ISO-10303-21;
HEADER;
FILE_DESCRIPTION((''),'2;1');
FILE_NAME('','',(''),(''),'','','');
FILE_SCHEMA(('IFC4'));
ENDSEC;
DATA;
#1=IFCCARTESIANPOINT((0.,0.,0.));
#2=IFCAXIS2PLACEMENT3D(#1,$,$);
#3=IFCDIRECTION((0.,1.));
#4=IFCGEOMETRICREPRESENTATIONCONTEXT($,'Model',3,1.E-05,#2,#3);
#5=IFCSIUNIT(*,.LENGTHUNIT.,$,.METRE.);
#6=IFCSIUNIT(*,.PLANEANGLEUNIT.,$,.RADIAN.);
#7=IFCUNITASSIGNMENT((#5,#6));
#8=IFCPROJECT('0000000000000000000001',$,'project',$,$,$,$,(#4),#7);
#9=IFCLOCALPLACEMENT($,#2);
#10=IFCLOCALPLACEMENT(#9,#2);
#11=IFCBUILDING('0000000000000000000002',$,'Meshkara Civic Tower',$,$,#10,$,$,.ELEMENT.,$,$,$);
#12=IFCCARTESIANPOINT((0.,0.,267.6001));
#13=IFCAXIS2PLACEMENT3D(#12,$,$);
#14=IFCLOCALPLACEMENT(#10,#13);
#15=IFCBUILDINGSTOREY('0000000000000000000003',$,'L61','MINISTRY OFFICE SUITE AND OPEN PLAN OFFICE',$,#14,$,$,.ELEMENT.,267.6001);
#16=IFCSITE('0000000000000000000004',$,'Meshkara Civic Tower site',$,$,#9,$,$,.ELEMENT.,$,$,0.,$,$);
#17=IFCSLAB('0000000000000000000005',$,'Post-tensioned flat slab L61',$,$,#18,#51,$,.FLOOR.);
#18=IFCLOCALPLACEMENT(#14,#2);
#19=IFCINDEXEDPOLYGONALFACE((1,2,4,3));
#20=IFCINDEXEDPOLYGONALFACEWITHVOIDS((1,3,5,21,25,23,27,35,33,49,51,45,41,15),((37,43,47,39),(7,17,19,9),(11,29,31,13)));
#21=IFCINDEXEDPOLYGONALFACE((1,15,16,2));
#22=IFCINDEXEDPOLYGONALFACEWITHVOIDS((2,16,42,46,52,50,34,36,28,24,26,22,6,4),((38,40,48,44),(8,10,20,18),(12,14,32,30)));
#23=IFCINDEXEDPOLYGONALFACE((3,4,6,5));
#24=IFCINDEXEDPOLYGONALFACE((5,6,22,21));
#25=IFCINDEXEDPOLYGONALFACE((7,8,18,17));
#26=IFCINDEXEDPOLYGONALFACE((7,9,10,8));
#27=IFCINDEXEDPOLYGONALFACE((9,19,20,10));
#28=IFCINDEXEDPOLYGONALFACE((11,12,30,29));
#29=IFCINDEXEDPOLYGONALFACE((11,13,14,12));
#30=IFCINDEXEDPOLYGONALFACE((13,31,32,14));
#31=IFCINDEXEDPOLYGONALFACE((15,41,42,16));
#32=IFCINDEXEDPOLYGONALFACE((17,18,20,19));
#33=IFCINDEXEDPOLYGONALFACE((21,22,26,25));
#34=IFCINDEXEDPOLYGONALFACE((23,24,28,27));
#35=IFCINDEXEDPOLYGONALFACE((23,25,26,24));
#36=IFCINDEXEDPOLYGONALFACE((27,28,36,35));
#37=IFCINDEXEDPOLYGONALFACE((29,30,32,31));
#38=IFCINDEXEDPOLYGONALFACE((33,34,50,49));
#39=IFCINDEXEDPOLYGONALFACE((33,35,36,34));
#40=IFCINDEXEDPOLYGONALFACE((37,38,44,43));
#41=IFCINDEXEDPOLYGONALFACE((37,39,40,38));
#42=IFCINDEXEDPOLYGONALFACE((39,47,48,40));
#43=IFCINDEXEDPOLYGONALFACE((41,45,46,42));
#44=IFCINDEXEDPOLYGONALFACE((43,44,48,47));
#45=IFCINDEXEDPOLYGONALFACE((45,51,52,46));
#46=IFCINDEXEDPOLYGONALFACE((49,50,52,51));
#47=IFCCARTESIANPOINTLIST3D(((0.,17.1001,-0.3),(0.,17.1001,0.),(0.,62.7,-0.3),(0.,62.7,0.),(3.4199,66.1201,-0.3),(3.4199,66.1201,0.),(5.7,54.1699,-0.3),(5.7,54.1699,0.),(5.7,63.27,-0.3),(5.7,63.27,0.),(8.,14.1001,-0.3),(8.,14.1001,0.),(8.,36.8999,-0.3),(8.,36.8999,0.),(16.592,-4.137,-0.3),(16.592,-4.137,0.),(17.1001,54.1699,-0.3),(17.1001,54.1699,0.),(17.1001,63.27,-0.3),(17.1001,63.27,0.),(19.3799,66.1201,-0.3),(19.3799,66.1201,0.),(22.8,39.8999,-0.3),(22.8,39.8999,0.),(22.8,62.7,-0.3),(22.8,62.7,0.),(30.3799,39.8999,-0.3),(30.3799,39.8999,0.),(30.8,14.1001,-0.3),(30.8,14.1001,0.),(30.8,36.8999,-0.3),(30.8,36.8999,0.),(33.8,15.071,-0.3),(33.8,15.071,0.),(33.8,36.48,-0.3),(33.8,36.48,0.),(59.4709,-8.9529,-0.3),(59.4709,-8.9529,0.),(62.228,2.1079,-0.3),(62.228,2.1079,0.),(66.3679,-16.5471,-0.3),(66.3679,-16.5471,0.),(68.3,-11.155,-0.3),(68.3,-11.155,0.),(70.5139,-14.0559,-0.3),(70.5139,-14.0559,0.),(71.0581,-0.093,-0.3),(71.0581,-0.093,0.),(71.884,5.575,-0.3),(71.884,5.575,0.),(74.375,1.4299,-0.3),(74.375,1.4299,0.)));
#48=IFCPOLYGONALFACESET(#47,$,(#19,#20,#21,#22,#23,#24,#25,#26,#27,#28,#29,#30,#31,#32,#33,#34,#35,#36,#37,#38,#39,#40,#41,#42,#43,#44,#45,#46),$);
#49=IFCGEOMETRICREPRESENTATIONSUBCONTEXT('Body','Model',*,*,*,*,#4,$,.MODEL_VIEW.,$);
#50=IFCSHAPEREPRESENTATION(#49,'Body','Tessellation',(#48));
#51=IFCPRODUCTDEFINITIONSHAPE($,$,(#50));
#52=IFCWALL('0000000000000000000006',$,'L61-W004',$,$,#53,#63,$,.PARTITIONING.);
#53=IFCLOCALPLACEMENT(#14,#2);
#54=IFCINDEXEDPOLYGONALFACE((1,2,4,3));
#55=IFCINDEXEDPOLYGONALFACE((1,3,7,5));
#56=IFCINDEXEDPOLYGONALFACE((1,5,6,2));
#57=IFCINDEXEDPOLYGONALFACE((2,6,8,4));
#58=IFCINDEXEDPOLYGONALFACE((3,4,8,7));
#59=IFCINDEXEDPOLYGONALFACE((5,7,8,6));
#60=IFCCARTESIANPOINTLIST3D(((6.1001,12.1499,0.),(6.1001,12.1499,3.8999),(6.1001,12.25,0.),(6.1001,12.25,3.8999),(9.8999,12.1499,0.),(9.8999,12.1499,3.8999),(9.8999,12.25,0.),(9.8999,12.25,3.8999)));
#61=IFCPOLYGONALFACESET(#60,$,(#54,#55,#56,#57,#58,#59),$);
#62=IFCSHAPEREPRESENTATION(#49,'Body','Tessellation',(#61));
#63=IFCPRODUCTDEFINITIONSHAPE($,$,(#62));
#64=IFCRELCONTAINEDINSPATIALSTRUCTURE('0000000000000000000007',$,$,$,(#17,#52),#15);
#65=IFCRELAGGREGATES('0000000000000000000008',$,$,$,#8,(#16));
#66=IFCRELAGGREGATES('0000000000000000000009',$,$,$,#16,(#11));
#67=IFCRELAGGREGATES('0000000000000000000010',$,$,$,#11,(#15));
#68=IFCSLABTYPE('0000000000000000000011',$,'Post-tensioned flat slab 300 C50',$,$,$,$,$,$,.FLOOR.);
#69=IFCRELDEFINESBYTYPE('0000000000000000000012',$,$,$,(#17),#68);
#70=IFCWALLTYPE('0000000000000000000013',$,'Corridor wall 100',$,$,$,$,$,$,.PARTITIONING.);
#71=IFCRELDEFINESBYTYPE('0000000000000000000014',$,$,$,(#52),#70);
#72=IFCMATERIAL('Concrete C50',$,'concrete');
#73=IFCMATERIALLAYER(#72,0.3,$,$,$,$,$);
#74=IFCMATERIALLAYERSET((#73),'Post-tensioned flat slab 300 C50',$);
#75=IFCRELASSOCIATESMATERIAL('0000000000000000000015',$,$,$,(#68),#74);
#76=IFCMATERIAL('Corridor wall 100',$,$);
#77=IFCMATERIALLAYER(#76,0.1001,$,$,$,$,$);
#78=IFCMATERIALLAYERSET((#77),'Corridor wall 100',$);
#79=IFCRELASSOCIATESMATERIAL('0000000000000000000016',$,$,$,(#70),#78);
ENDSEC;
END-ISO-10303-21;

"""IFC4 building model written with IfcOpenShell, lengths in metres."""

from ifc_helpers import new_model, si_unit, direction, frame, frame_2d, origin, place, context, subcontext, project, spatial, polyline, rectangle, outline, extrude, material, layer, layer_set, type_object, element, save


model = new_model("IFC4")

# Units and contexts
model_context = context("Model", 3, precision=1e-05, world=origin(), true_north=direction((0.0, 1.0)))
body_context = subcontext(model_context, "Body", "Model", "MODEL_VIEW")
ifc_project = project(units=[si_unit("LENGTHUNIT", "METRE"), si_unit("PLANEANGLEUNIT", "RADIAN")], contexts=[model_context])

# Site, building, storey
site_placement = place(None, origin())
site = spatial("IfcSite", under=ifc_project, at=site_placement, Name="Meshkara Civic Tower site", CompositionType="ELEMENT", RefElevation=0.0)
building_placement = place(site_placement, origin())
building = spatial("IfcBuilding", under=site, at=building_placement, Name="Meshkara Civic Tower", CompositionType="ELEMENT")
storey_placement = place(building_placement, frame((0.0, 0.0, 267.6001)))
storey = spatial("IfcBuildingStorey", under=building, at=storey_placement, Name="L61", Description="MINISTRY OFFICE SUITE AND OPEN PLAN OFFICE", CompositionType="ELEMENT", Elevation=267.6001)

# Slab
ifc_material_1 = material(Name="Concrete C50", Category="concrete")
ifc_layer_1 = layer(ifc_material_1, 0.3)
ifc_layer_set_1 = layer_set([ifc_layer_1], Name="Post-tensioned flat slab 300 C50")
slab_type_1 = type_object("IfcSlabType", Name="Post-tensioned flat slab 300 C50", PredefinedType="FLOOR", material=ifc_layer_set_1)
slab_1_placement = place(storey_placement, frame((0.0, 0.0, -0.3)))
element("IfcSlab", 1, at=slab_1_placement, inside=storey, type_object=slab_type_1, Name="Post-tensioned flat slab L61", PredefinedType="FLOOR", context=body_context, shape_type="SweptSolid", body=[
    extrude(outline(polyline([(70.5139, -14.0559), (66.3679, -16.5471), (16.592, -4.137), (0.0, 17.1001), (0.0, 62.7), (3.4199, 66.1201), (19.3799, 66.1201), (22.8, 62.7), (22.8, 39.8999), (30.3799, 39.8999), (33.8, 36.48), (33.8, 15.071), (71.884, 5.575), (74.375, 1.4299), (70.5139, -14.0559)]), holes=[polyline([(68.3, -11.155), (71.0581, -0.093), (62.228, 2.1079), (59.4709, -8.9529), (68.3, -11.155)]), polyline([(8.0, 14.1001), (30.8, 14.1001), (30.8, 36.8999), (8.0, 36.8999), (8.0, 14.1001)]), polyline([(5.7, 63.27), (5.7, 54.1699), (17.1001, 54.1699), (17.1001, 63.27), (5.7, 63.27)])]), origin(), (0.0, 0.0, 1.0), 0.3),
])

# Wall
ifc_material_2 = material(Name="Corridor wall 100")
ifc_layer_2 = layer(ifc_material_2, 0.1001)
ifc_layer_set_2 = layer_set([ifc_layer_2], Name="Corridor wall 100")
wall_type_1 = type_object("IfcWallType", Name="Corridor wall 100", PredefinedType="PARTITIONING", material=ifc_layer_set_2)
wall_1_placement = place(storey_placement, frame((6.1001, 12.2, 0.0), z_axis=(0.0, 0.0, 1.0), x_axis=(1.0, 0.0, 0.0)))
element("IfcWall", 2, at=wall_1_placement, inside=storey, type_object=wall_type_1, Name="L61-W004", PredefinedType="PARTITIONING", context=body_context, shape_type="SweptSolid", body=[
    extrude(rectangle(XDim=3.7998, YDim=0.1001, at=frame_2d((1.8999, 0.0))), origin(), (0.0, 0.0, 1.0), 3.8999),
])

save(model, "model.ifc")
